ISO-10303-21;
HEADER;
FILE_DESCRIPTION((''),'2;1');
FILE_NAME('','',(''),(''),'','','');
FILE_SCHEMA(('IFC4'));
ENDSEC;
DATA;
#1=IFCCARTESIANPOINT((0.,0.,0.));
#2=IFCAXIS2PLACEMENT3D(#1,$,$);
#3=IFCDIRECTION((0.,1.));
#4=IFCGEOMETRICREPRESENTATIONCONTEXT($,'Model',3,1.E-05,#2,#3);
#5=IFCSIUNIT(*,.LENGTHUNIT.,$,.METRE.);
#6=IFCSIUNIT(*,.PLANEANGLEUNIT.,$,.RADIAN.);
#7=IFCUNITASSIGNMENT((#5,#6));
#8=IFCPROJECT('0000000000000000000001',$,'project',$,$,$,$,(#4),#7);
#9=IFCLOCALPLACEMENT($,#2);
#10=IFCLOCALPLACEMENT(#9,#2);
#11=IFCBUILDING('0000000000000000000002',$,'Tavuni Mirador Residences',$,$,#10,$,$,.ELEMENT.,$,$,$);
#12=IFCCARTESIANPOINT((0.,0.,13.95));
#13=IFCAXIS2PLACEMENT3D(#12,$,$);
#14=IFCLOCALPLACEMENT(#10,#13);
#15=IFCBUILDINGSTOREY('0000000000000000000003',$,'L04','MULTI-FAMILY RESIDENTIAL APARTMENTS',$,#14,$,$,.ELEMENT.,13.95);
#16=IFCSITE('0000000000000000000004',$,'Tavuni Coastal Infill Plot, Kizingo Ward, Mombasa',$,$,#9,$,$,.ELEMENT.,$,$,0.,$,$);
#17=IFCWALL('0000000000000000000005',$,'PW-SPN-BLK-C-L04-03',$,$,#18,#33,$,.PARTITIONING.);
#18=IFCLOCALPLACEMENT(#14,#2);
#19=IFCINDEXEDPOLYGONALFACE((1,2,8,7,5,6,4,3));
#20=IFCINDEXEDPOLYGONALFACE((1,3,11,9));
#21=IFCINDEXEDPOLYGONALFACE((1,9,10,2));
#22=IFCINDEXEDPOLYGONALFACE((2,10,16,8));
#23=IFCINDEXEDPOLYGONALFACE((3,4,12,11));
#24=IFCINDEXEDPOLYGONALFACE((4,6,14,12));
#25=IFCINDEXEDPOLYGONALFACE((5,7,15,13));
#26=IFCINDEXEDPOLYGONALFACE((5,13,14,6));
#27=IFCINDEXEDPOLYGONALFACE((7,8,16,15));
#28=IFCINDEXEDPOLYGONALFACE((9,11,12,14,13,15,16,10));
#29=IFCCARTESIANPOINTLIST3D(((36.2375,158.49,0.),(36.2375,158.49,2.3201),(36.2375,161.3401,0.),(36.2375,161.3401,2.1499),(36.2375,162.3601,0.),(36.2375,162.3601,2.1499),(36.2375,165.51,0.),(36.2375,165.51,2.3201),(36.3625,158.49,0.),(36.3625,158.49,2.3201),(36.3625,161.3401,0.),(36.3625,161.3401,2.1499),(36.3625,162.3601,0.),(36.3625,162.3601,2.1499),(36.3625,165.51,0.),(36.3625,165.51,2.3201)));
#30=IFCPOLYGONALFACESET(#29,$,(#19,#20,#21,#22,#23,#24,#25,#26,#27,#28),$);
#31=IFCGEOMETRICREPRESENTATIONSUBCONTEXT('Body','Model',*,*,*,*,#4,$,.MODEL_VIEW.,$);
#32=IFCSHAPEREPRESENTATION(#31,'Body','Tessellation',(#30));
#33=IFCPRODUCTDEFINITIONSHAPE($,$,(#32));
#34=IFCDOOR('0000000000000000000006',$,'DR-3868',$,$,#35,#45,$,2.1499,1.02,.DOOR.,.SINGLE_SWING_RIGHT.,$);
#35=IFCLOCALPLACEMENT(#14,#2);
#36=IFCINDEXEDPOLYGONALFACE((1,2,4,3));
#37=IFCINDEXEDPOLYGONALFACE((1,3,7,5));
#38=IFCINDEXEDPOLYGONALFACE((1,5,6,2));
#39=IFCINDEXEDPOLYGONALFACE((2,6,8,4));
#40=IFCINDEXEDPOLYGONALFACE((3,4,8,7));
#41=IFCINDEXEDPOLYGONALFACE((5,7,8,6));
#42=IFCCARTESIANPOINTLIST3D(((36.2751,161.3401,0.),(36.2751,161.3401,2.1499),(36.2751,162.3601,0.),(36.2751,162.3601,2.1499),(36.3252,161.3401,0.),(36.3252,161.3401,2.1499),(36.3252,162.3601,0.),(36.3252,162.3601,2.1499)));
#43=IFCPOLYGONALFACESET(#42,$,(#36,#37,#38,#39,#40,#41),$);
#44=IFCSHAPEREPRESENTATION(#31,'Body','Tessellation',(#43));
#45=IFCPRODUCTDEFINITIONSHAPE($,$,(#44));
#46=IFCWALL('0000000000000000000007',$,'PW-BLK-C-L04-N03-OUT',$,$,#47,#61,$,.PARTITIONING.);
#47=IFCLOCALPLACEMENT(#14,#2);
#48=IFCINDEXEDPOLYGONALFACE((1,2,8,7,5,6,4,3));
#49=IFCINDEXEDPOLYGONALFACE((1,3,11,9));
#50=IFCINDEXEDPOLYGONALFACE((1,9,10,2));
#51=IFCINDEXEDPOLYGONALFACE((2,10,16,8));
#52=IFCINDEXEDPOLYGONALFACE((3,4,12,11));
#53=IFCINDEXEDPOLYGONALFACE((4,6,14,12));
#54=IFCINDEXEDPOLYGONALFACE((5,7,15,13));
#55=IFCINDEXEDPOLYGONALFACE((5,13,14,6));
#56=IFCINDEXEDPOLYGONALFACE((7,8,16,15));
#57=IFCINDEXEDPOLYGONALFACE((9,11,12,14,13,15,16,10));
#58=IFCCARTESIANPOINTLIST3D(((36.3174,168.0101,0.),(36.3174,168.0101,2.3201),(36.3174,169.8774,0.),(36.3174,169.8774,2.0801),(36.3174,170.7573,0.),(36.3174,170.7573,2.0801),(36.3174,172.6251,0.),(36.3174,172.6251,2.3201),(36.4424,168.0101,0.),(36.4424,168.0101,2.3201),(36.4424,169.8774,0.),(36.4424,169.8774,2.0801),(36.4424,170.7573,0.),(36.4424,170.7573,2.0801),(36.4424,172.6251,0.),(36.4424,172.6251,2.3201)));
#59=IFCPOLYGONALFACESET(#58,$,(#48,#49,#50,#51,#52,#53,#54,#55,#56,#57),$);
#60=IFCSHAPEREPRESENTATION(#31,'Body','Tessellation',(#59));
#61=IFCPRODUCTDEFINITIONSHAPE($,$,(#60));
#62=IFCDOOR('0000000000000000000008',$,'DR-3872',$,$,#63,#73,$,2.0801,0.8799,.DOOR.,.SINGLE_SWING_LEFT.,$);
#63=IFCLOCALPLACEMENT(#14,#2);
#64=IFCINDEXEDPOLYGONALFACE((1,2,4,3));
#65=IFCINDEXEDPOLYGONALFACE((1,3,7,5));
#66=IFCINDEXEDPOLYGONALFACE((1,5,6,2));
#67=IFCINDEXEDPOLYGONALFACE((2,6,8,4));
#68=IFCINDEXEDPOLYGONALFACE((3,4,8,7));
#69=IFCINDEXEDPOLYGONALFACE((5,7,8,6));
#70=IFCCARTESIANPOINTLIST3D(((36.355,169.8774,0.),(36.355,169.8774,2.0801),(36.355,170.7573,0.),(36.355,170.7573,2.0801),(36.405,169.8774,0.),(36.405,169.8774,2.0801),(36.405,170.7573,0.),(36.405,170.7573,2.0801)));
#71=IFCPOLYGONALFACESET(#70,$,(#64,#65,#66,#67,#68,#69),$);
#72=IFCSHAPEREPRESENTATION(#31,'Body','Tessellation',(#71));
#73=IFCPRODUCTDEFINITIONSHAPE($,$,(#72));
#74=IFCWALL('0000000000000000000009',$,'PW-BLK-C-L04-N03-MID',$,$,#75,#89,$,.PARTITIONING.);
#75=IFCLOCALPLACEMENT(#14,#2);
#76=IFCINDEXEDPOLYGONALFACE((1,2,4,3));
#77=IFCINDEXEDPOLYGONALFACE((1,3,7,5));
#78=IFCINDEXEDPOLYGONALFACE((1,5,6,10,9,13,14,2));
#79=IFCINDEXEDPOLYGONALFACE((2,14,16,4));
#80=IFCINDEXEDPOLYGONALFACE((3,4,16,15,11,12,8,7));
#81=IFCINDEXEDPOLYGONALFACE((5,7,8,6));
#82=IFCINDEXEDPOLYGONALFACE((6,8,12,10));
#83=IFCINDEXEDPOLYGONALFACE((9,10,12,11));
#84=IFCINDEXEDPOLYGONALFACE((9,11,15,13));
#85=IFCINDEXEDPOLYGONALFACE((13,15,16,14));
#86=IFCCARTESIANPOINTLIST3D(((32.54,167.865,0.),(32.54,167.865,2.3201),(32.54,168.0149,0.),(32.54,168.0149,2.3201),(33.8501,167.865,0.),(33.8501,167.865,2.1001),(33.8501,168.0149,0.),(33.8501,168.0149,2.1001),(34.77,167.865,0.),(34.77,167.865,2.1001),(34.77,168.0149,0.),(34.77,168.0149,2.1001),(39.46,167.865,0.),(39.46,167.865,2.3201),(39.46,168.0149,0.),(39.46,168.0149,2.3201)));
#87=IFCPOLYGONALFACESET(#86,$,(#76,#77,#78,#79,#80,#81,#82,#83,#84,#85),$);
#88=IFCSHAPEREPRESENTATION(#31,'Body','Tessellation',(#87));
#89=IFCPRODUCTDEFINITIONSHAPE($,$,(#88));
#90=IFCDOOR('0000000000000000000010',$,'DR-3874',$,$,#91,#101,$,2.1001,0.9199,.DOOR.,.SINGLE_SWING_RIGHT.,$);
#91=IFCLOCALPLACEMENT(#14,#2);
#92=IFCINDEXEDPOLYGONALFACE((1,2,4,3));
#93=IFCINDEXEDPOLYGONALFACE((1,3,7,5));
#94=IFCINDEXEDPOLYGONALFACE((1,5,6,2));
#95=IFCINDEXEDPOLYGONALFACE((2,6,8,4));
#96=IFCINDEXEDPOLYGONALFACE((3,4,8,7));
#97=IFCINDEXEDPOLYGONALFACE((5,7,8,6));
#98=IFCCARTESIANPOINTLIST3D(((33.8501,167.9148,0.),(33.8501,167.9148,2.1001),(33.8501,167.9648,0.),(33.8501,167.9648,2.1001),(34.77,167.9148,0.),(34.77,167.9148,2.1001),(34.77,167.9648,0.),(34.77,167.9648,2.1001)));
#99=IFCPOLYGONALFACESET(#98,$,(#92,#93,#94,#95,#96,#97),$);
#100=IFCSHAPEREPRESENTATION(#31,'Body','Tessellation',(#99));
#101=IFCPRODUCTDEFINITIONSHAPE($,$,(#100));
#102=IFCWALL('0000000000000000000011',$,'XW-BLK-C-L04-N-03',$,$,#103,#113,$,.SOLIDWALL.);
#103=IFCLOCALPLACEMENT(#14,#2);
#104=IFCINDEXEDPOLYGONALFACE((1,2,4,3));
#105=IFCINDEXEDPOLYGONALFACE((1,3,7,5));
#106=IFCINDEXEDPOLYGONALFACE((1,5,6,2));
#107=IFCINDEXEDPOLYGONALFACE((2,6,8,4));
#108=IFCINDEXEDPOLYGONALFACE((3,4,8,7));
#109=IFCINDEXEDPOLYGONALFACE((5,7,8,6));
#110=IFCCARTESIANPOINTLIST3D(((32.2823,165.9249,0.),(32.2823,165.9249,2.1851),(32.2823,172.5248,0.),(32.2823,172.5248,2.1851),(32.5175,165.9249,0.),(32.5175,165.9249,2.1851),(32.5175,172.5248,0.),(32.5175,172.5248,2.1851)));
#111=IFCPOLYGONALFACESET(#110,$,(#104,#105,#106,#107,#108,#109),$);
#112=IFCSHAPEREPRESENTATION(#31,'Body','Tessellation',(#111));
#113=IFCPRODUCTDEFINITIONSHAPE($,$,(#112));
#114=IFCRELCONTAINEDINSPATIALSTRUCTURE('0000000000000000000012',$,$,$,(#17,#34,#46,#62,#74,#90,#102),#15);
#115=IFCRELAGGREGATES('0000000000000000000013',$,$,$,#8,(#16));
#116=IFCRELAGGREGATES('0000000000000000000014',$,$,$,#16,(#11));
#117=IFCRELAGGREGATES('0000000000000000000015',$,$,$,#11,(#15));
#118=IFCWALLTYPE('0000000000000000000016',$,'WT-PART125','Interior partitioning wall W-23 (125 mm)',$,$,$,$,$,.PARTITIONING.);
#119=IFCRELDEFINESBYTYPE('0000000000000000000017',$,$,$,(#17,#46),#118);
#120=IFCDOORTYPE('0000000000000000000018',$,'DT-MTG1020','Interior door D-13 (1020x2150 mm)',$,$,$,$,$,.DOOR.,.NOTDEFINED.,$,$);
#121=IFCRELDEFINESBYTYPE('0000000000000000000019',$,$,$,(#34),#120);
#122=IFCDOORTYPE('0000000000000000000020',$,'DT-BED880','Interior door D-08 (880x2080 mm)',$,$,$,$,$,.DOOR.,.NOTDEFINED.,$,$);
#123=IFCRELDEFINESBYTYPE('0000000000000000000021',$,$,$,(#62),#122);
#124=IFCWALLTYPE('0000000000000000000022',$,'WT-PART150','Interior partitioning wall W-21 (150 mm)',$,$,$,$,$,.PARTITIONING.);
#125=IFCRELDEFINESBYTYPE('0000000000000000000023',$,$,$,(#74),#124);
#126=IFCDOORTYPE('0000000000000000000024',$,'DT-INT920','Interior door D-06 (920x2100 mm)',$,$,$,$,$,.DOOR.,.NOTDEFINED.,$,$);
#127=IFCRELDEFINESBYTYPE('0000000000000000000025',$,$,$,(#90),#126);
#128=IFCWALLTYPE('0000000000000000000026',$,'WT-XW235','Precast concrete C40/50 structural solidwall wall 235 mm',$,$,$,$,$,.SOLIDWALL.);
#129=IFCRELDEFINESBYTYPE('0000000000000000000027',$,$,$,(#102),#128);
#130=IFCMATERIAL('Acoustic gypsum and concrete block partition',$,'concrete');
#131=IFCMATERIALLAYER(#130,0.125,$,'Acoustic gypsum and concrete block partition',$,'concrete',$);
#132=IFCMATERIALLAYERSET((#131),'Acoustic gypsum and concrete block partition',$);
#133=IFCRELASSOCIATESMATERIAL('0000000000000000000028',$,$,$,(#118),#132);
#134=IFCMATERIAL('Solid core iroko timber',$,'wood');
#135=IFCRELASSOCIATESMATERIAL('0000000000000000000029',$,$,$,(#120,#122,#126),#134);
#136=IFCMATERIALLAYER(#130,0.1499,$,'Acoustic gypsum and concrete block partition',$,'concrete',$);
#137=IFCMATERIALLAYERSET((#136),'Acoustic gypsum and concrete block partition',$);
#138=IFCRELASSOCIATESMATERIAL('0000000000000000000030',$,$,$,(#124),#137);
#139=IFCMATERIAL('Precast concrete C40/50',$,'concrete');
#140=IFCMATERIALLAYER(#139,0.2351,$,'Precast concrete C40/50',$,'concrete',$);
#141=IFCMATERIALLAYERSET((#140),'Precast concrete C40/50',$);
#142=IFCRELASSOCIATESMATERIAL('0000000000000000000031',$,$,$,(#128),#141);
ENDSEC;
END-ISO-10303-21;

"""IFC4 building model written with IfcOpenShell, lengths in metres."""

from ifc_helpers import new_model, si_unit, direction, frame, frame_2d, origin, place, context, subcontext, project, spatial, rectangle, extrude, material, layer, layer_set, type_object, element, fill, save


model = new_model("IFC4")

# Units and contexts
model_context = context("Model", 3, precision=1e-05, world=origin(), true_north=direction((0.0, 1.0)))
body_context = subcontext(model_context, "Body", "Model", "MODEL_VIEW")
ifc_project = project(units=[si_unit("LENGTHUNIT", "METRE"), si_unit("PLANEANGLEUNIT", "RADIAN")], contexts=[model_context])

# Site, building, storey
site_placement = place(None, origin())
site = spatial("IfcSite", under=ifc_project, at=site_placement, Name="Tavuni Coastal Infill Plot, Kizingo Ward, Mombasa", CompositionType="ELEMENT", RefElevation=0.0)
building_placement = place(site_placement, origin())
building = spatial("IfcBuilding", under=site, at=building_placement, Name="Tavuni Mirador Residences", CompositionType="ELEMENT")
storey_placement = place(building_placement, frame((0.0, 0.0, 13.95)))
storey = spatial("IfcBuildingStorey", under=building, at=storey_placement, Name="L04", Description="MULTI-FAMILY RESIDENTIAL APARTMENTS", CompositionType="ELEMENT", Elevation=13.95)

# Shared definitions
ifc_material_1 = material(Name="Precast concrete C40/50", Category="concrete")

# Shared definitions
ifc_material_2 = material(Name="Solid core iroko timber", Category="wood")

# Walls, openings, doors
ifc_material_3 = material(Name="Acoustic gypsum and concrete block partition", Category="concrete")
ifc_layer_1 = layer(ifc_material_3, 0.125, Name="Acoustic gypsum and concrete block partition", Category="concrete")
ifc_layer_set_1 = layer_set([ifc_layer_1], Name="Acoustic gypsum and concrete block partition")
wall_type_1 = type_object("IfcWallType", Name="WT-PART125", Description="Interior partitioning wall W-23 (125 mm)", PredefinedType="PARTITIONING", material=ifc_layer_set_1)
wall_1_placement = place(storey_placement, frame((36.3, 158.49, 0.0), z_axis=(0.0, 0.0, 1.0), x_axis=(0.0, 1.0, 0.0)))
wall_1 = element("IfcWall", 1, at=wall_1_placement, inside=storey, type_object=wall_type_1, Name="PW-SPN-BLK-C-L04-03", PredefinedType="PARTITIONING", context=body_context, shape_type="SweptSolid", body=[
    extrude(rectangle(XDim=7.02, YDim=0.125, at=frame_2d((3.51, 0.0))), origin(), (0.0, 0.0, 1.0), 2.3201),
])
opening_1_placement = place(wall_1_placement, frame((2.8501, 0.0, 0.0)))
opening_1 = element("IfcOpeningElement", 2, at=opening_1_placement, cuts=wall_1, PredefinedType="OPENING", context=body_context, shape_type="SweptSolid", body=[
    extrude(rectangle(XDim=1.02, YDim=2.1499, at=frame_2d((0.51, 1.075))), frame((0.0, 0.0725, 0.0), z_axis=(0.0, -1.0, 0.0), x_axis=(1.0, 0.0, 0.0)), (0.0, 0.0, 1.0), 0.145),
])
door_type_1 = type_object("IfcDoorType", Name="DT-MTG1020", Description="Interior door D-13 (1020x2150 mm)", OperationType="NOTDEFINED", PredefinedType="DOOR", material=ifc_material_2)
door_1_placement = place(opening_1_placement, origin())
door_1 = element("IfcDoor", 3, at=door_1_placement, inside=storey, type_object=door_type_1, Name="DR-3868", OperationType="SINGLE_SWING_RIGHT", OverallHeight=2.1499, OverallWidth=1.02, PredefinedType="DOOR", context=body_context, shape_type="SweptSolid", body=[
    extrude(rectangle(XDim=1.02, YDim=2.1499, at=frame_2d((0.51, 1.075))), frame((0.0, 0.0249, 0.0), z_axis=(0.0, -1.0, 0.0), x_axis=(1.0, 0.0, 0.0)), (0.0, 0.0, 1.0), 0.05),
])
fill(opening_1, door_1)
wall_2_placement = place(storey_placement, frame((36.3799, 168.01, 0.0), z_axis=(0.0, 0.0, 1.0), x_axis=(0.0, 1.0, 0.0)))
wall_2 = element("IfcWall", 4, at=wall_2_placement, inside=storey, type_object=wall_type_1, Name="PW-BLK-C-L04-N03-OUT", PredefinedType="PARTITIONING", context=body_context, shape_type="SweptSolid", body=[
    extrude(rectangle(XDim=4.615, YDim=0.125, at=frame_2d((2.3076, 0.0))), origin(), (0.0, 0.0, 1.0), 2.3201),
])
opening_2_placement = place(wall_2_placement, frame((1.8674, 0.0, 0.0)))
opening_2 = element("IfcOpeningElement", 5, at=opening_2_placement, cuts=wall_2, PredefinedType="OPENING", context=body_context, shape_type="SweptSolid", body=[
    extrude(rectangle(XDim=0.8799, YDim=2.0801, at=frame_2d((0.4399, 1.04))), frame((0.0, 0.0725, 0.0), z_axis=(0.0, -1.0, 0.0), x_axis=(1.0, 0.0, 0.0)), (0.0, 0.0, 1.0), 0.145),
])
door_type_2 = type_object("IfcDoorType", Name="DT-BED880", Description="Interior door D-08 (880x2080 mm)", OperationType="NOTDEFINED", PredefinedType="DOOR", material=ifc_material_2)
door_2_placement = place(opening_2_placement, origin())
door_2 = element("IfcDoor", 6, at=door_2_placement, inside=storey, type_object=door_type_2, Name="DR-3872", OperationType="SINGLE_SWING_LEFT", OverallHeight=2.0801, OverallWidth=0.8799, PredefinedType="DOOR", context=body_context, shape_type="SweptSolid", body=[
    extrude(rectangle(XDim=0.8799, YDim=2.0801, at=frame_2d((0.4399, 1.04))), frame((0.0, 0.0249, 0.0), z_axis=(0.0, -1.0, 0.0), x_axis=(1.0, 0.0, 0.0)), (0.0, 0.0, 1.0), 0.05),
])
fill(opening_2, door_2)
ifc_layer_2 = layer(ifc_material_3, 0.1499, Name="Acoustic gypsum and concrete block partition", Category="concrete")
ifc_layer_set_2 = layer_set([ifc_layer_2], Name="Acoustic gypsum and concrete block partition")
wall_type_2 = type_object("IfcWallType", Name="WT-PART150", Description="Interior partitioning wall W-21 (150 mm)", PredefinedType="PARTITIONING", material=ifc_layer_set_2)
wall_3_placement = place(storey_placement, frame((32.54, 167.9399, 0.0), z_axis=(0.0, 0.0, 1.0), x_axis=(1.0, 0.0, 0.0)))
wall_3 = element("IfcWall", 7, at=wall_3_placement, inside=storey, type_object=wall_type_2, Name="PW-BLK-C-L04-N03-MID", PredefinedType="PARTITIONING", context=body_context, shape_type="SweptSolid", body=[
    extrude(rectangle(XDim=6.9199, YDim=0.1499, at=frame_2d((3.46, 0.0))), origin(), (0.0, 0.0, 1.0), 2.3201),
])
opening_3_placement = place(wall_3_placement, frame((1.3101, 0.0, 0.0)))
opening_3 = element("IfcOpeningElement", 8, at=opening_3_placement, cuts=wall_3, PredefinedType="OPENING", context=body_context, shape_type="SweptSolid", body=[
    extrude(rectangle(XDim=0.9199, YDim=2.1001, at=frame_2d((0.46, 1.05))), frame((0.0, 0.085, 0.0), z_axis=(0.0, -1.0, 0.0), x_axis=(1.0, 0.0, 0.0)), (0.0, 0.0, 1.0), 0.1699),
])
door_type_3 = type_object("IfcDoorType", Name="DT-INT920", Description="Interior door D-06 (920x2100 mm)", OperationType="NOTDEFINED", PredefinedType="DOOR", material=ifc_material_2)
door_3_placement = place(opening_3_placement, origin())
door_3 = element("IfcDoor", 9, at=door_3_placement, inside=storey, type_object=door_type_3, Name="DR-3874", OperationType="SINGLE_SWING_RIGHT", OverallHeight=2.1001, OverallWidth=0.9199, PredefinedType="DOOR", context=body_context, shape_type="SweptSolid", body=[
    extrude(rectangle(XDim=0.9199, YDim=2.1001, at=frame_2d((0.46, 1.05))), frame((0.0, 0.0249, 0.0), z_axis=(0.0, -1.0, 0.0), x_axis=(1.0, 0.0, 0.0)), (0.0, 0.0, 1.0), 0.05),
])
fill(opening_3, door_3)

# Wall
ifc_layer_3 = layer(ifc_material_1, 0.2351, Name="Precast concrete C40/50", Category="concrete")
ifc_layer_set_3 = layer_set([ifc_layer_3], Name="Precast concrete C40/50")
wall_type_3 = type_object("IfcWallType", Name="WT-XW235", Description="Precast concrete C40/50 structural solidwall wall 235 mm", PredefinedType="SOLIDWALL", material=ifc_layer_set_3)
wall_4_placement = place(storey_placement, frame((32.3999, 165.925, 0.0), z_axis=(0.0, 0.0, 1.0), x_axis=(0.0, 1.0, 0.0)))
element("IfcWall", 10, at=wall_4_placement, inside=storey, type_object=wall_type_3, Name="XW-BLK-C-L04-N-03", PredefinedType="SOLIDWALL", context=body_context, shape_type="SweptSolid", body=[
    extrude(rectangle(XDim=6.5999, YDim=0.2351, at=frame_2d((3.2998, 0.0))), origin(), (0.0, 0.0, 1.0), 2.1851),
])

save(model, "model.ifc")
